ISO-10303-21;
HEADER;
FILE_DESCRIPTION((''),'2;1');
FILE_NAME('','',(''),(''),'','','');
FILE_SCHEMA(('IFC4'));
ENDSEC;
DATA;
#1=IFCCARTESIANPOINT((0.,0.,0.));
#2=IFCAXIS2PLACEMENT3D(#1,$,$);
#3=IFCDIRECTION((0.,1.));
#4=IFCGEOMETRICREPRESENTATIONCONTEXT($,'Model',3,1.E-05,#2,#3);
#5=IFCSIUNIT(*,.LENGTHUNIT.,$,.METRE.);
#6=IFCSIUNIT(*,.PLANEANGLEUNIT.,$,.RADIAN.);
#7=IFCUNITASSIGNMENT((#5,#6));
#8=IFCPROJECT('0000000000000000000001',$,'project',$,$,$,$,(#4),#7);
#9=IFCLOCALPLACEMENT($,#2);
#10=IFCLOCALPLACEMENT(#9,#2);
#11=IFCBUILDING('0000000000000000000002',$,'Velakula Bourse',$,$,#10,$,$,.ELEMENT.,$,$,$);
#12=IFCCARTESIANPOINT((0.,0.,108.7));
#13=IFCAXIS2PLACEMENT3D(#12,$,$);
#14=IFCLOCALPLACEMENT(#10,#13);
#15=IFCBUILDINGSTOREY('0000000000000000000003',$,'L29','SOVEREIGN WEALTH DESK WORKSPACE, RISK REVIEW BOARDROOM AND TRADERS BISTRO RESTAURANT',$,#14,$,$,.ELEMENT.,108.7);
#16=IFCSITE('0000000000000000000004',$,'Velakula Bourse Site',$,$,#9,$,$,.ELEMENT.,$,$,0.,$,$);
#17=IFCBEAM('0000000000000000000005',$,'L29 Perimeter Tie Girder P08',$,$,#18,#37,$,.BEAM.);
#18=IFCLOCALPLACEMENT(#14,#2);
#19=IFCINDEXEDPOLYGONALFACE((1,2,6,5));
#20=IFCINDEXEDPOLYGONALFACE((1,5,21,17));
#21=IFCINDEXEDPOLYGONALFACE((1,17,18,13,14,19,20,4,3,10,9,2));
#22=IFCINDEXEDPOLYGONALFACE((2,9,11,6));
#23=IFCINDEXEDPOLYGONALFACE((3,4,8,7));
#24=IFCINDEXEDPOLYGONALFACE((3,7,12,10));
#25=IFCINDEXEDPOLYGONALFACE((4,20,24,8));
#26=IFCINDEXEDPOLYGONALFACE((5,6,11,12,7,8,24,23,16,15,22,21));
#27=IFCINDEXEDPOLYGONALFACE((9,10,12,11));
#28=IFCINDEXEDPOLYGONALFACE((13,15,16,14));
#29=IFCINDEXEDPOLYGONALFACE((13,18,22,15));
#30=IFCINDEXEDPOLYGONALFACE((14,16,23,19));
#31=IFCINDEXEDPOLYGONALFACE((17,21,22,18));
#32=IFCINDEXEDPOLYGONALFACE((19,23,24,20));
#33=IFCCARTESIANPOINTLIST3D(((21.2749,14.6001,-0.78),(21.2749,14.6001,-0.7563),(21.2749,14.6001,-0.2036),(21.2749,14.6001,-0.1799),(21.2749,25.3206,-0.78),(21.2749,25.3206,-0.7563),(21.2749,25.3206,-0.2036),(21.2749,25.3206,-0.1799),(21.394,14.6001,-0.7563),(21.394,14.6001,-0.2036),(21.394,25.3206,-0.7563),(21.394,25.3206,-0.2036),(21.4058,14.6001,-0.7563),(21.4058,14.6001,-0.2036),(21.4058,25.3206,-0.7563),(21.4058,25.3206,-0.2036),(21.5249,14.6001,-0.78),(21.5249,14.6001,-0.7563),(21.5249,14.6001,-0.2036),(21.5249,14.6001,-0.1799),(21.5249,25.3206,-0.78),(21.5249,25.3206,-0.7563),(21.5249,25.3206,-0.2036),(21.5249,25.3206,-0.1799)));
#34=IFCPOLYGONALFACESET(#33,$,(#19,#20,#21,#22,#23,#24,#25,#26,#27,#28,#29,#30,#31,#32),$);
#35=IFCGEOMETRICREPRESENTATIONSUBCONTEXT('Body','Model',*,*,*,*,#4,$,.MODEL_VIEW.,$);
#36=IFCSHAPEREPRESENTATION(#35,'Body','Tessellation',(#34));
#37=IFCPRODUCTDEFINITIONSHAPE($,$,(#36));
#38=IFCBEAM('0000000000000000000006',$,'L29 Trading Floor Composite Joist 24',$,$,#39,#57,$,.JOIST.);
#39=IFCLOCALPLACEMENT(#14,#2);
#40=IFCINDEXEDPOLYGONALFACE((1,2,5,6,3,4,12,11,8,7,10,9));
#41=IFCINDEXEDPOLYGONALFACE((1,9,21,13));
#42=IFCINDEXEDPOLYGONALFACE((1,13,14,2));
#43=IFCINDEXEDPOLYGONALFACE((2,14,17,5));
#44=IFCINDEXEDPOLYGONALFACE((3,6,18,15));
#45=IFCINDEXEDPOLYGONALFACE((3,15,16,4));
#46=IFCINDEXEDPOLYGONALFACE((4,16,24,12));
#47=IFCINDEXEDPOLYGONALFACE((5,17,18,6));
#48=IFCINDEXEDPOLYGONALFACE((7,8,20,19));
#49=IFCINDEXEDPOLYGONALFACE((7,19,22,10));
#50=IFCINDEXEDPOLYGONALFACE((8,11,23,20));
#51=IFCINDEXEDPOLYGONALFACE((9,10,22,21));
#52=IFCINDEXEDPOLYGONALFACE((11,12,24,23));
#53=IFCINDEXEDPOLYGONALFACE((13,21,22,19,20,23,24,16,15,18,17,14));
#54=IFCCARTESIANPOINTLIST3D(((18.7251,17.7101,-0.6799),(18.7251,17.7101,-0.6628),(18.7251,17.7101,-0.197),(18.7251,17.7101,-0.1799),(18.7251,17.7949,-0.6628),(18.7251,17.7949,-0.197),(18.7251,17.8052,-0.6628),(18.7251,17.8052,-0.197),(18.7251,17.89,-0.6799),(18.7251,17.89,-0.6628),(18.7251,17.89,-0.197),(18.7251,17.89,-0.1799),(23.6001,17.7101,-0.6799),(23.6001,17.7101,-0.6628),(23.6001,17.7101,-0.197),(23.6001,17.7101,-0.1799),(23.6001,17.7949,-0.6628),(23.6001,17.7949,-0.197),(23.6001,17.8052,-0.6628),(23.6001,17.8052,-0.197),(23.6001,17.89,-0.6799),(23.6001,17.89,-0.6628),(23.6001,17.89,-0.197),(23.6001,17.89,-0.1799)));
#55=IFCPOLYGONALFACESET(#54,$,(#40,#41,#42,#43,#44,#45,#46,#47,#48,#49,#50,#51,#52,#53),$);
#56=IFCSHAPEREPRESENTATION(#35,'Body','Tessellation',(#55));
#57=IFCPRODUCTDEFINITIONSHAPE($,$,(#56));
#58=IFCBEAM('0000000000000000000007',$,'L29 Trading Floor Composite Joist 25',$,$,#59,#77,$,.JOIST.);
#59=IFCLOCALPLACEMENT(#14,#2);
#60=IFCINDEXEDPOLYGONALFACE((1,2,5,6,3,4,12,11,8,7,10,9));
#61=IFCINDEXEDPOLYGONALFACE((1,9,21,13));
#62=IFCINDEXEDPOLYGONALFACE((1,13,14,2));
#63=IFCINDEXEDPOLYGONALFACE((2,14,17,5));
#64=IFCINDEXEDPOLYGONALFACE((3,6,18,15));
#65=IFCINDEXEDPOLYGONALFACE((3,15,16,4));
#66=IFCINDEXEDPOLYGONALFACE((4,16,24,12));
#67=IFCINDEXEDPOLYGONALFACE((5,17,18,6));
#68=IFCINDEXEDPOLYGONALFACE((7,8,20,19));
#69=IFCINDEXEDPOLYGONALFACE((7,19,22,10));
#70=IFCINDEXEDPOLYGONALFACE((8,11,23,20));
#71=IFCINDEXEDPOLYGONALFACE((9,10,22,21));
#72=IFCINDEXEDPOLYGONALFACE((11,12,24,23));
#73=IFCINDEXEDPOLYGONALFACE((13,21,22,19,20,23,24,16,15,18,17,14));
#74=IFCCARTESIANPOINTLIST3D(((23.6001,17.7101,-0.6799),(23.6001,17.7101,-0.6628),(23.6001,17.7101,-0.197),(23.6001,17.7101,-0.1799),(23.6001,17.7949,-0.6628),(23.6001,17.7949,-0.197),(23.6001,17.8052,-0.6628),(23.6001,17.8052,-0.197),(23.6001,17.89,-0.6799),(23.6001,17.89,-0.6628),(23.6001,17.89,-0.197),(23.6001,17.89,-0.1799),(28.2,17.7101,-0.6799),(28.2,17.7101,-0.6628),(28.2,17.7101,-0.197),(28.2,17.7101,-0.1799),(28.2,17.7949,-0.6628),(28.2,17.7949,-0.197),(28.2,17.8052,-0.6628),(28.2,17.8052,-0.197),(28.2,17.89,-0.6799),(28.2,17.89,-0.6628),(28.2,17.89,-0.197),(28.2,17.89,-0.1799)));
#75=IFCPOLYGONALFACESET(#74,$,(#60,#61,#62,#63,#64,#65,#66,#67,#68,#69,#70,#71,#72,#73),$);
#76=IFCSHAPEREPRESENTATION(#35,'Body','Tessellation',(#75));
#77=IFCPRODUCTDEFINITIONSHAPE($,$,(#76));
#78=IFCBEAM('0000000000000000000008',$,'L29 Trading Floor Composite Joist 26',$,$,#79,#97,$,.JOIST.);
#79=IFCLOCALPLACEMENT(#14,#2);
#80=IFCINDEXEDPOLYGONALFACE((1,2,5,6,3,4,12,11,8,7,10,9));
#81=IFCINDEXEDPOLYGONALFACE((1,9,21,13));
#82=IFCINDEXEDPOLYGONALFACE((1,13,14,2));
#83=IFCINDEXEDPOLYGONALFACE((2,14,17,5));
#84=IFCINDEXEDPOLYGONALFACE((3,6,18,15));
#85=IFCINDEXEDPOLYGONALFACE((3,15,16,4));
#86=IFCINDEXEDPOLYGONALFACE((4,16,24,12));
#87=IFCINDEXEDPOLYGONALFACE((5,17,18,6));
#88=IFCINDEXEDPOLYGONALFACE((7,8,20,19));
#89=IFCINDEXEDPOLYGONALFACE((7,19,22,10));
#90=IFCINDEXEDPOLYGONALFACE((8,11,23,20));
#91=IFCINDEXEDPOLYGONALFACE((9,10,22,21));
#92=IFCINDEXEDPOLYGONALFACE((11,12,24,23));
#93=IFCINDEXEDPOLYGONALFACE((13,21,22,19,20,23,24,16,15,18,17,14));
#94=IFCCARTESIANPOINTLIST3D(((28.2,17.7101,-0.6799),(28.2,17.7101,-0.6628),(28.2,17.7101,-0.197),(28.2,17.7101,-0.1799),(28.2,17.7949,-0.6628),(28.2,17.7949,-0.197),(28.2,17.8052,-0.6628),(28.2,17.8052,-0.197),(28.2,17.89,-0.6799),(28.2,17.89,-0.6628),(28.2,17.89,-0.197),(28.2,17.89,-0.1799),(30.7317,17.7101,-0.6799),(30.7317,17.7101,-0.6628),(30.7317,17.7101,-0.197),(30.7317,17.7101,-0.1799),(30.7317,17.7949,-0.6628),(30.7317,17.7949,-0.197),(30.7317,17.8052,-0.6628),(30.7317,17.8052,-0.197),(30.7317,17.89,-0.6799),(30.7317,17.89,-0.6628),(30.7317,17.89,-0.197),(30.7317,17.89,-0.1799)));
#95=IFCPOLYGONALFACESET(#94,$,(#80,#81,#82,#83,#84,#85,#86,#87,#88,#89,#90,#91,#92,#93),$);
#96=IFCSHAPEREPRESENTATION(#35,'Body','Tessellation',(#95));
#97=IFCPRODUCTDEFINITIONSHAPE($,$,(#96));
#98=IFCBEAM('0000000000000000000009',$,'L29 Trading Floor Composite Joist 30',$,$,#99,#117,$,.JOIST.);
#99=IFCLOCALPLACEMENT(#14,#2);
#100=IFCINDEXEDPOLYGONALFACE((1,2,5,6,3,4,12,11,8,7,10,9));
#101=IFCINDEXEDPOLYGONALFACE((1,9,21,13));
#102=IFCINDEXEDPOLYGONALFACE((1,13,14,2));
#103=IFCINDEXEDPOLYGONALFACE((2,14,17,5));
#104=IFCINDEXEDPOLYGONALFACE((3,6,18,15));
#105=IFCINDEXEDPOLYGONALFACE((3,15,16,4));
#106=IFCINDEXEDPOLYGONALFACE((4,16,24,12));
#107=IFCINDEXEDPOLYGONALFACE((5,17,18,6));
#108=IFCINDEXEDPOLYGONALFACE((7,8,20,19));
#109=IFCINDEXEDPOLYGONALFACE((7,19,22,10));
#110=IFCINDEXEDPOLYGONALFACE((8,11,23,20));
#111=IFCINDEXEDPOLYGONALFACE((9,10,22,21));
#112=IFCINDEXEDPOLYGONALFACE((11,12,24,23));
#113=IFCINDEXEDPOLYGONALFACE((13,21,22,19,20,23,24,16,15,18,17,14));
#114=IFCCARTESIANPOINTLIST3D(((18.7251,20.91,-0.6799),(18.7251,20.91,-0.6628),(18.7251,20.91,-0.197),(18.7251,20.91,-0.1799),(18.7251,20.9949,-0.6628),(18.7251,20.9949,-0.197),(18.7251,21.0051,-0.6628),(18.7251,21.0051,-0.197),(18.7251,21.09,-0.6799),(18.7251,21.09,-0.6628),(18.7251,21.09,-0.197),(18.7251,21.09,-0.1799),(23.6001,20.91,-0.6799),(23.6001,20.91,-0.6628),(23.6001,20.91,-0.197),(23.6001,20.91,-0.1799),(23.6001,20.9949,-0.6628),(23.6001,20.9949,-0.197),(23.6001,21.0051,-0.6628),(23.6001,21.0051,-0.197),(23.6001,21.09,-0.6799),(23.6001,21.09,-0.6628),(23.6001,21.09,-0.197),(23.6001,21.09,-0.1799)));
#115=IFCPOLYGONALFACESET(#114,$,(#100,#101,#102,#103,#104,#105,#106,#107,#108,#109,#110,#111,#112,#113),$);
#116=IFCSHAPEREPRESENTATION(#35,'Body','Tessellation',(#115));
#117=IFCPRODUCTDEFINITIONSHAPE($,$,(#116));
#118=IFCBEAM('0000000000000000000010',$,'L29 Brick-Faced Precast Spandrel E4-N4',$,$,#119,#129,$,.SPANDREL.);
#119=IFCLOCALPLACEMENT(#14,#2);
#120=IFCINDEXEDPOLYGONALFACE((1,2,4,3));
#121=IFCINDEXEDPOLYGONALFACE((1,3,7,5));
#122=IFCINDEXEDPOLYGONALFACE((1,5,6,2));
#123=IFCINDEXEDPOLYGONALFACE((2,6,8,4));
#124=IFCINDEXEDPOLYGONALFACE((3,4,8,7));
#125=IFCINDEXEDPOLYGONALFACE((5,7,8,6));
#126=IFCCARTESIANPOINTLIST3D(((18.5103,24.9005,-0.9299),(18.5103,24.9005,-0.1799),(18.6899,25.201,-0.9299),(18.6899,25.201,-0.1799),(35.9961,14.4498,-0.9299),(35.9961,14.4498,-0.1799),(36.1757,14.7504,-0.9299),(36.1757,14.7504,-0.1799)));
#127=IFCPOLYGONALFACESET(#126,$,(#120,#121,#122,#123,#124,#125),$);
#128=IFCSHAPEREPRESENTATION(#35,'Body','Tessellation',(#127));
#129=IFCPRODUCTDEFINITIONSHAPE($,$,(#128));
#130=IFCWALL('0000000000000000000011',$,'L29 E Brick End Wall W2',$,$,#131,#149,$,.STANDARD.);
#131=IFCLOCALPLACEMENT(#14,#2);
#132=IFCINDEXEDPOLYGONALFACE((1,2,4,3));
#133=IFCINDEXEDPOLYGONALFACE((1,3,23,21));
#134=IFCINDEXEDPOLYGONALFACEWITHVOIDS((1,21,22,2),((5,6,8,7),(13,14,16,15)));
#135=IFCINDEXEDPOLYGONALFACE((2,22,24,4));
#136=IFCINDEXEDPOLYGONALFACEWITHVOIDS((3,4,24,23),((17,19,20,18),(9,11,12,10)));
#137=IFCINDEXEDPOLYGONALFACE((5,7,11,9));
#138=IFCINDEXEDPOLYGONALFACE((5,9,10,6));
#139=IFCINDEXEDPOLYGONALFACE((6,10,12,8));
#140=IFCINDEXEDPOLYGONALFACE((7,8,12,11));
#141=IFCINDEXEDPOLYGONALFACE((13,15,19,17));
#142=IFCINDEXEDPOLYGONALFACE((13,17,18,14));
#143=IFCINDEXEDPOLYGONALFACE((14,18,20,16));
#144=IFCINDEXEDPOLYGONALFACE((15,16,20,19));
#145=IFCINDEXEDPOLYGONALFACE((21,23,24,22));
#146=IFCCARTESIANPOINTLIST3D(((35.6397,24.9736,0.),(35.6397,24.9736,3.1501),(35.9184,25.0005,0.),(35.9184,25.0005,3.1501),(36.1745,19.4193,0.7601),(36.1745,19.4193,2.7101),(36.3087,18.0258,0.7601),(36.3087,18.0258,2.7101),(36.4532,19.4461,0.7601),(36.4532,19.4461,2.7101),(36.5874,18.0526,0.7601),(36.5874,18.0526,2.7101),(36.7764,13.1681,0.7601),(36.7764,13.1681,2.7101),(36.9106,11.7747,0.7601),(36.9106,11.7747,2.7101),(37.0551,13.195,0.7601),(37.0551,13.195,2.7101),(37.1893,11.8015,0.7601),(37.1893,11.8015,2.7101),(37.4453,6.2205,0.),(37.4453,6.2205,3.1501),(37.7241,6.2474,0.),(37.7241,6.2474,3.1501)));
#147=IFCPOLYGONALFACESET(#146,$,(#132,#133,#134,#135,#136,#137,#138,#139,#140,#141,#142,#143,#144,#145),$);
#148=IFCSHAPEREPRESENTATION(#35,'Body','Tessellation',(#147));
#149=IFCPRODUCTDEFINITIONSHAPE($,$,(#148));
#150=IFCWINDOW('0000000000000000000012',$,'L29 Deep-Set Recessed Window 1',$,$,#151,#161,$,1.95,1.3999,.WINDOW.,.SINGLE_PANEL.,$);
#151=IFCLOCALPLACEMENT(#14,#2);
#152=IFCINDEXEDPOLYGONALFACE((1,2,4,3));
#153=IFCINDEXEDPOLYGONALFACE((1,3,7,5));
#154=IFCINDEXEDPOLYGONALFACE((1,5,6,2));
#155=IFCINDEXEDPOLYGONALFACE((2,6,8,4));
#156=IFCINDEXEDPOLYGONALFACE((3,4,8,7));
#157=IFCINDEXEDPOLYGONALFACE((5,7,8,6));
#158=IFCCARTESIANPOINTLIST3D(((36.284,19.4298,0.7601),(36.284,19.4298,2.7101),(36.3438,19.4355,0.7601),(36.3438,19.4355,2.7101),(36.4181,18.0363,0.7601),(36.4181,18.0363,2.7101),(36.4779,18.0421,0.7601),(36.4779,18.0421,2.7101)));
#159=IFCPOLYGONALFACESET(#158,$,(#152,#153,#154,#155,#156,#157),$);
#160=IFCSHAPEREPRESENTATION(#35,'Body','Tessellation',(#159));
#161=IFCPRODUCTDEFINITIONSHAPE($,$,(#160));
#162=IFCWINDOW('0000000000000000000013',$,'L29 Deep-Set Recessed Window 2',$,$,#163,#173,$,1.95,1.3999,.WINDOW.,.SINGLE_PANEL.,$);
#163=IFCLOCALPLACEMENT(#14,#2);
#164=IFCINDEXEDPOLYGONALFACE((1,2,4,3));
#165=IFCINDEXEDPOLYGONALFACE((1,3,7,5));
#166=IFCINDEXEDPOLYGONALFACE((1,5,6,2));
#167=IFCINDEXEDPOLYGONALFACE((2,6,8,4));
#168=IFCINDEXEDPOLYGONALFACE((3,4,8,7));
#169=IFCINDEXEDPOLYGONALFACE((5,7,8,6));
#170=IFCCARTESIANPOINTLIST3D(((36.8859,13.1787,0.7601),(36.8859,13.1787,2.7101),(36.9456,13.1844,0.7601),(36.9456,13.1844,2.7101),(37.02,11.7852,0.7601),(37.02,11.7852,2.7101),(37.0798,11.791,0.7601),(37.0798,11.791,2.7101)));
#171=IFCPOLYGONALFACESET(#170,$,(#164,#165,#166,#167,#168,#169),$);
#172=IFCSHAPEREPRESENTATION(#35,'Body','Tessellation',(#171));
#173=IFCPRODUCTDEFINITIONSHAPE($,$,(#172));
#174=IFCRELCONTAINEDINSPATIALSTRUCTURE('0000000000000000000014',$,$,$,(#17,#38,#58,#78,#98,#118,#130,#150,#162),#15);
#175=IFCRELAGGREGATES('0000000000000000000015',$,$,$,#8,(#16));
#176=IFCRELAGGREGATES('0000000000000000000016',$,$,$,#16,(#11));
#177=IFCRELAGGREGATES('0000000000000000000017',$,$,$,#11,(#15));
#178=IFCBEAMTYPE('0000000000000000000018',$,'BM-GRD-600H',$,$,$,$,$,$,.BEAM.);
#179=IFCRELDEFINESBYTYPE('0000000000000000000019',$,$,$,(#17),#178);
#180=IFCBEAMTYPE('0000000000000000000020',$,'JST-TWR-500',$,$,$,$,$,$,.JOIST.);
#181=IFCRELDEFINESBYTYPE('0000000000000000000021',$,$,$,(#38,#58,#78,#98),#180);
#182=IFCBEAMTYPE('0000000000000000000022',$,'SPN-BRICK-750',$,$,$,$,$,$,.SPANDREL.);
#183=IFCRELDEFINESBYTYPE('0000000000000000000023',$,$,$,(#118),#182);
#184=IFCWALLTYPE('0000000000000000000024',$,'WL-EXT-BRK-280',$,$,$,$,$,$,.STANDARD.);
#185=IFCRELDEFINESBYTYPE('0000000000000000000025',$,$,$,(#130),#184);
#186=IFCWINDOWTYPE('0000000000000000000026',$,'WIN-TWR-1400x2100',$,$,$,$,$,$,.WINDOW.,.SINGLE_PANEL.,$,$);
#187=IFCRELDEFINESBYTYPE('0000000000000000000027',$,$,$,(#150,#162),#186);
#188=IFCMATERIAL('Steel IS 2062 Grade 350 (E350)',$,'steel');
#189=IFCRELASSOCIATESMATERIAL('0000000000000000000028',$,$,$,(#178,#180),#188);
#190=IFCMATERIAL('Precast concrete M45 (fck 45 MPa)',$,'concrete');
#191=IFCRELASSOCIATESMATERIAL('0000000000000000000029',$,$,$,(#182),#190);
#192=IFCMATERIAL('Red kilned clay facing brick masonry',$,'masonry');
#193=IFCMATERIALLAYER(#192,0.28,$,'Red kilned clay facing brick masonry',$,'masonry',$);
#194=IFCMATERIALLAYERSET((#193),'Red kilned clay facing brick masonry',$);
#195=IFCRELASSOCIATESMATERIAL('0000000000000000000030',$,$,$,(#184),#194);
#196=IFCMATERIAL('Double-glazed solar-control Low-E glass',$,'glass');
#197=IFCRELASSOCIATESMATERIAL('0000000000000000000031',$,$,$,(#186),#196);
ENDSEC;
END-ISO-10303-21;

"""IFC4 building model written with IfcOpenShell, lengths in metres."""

from ifc_helpers import new_model, si_unit, direction, frame, frame_2d, origin, origin_2d, place, context, subcontext, project, spatial, rectangle, i_section, extrude, material, layer, layer_set, material_profile, profile_set, type_object, element, fill, save


model = new_model("IFC4")

# Units and contexts
model_context = context("Model", 3, precision=1e-05, world=origin(), true_north=direction((0.0, 1.0)))
body_context = subcontext(model_context, "Body", "Model", "MODEL_VIEW")
ifc_project = project(units=[si_unit("LENGTHUNIT", "METRE"), si_unit("PLANEANGLEUNIT", "RADIAN")], contexts=[model_context])

# Site, building, storey
site_placement = place(None, origin())
site = spatial("IfcSite", under=ifc_project, at=site_placement, Name="Velakula Bourse Site", CompositionType="ELEMENT", RefElevation=0.0)
building_placement = place(site_placement, origin())
building = spatial("IfcBuilding", under=site, at=building_placement, Name="Velakula Bourse", CompositionType="ELEMENT")
storey_placement = place(building_placement, frame((0.0, 0.0, 108.7)))
storey = spatial("IfcBuildingStorey", under=building, at=storey_placement, Name="L29", Description="SOVEREIGN WEALTH DESK WORKSPACE, RISK REVIEW BOARDROOM AND TRADERS BISTRO RESTAURANT", CompositionType="ELEMENT", Elevation=108.7)

# Shared definitions
ifc_material_1 = material(Name="Precast concrete M45 (fck 45 MPa)", Category="concrete")

# Beams
ifc_material_2 = material(Name="Steel IS 2062 Grade 350 (E350)", Category="steel")
ifc_material_profile_1 = material_profile(ifc_material_2, i_section(OverallWidth=0.25, OverallDepth=0.6001, WebThickness=0.0117, FlangeThickness=0.0237, at=origin_2d()), Name="Steel IS 2062 Grade 350 (E350)")
ifc_profile_set_1 = profile_set([ifc_material_profile_1], Name="Steel IS 2062 Grade 350 (E350)")
beam_type_1 = type_object("IfcBeamType", Name="BM-GRD-600H", PredefinedType="BEAM", material=ifc_profile_set_1)
beam_1_placement = place(storey_placement, frame((21.3999, 14.6001, -0.48), z_axis=(0.0, 1.0, 0.0), x_axis=(-1.0, 0.0, 0.0)))
element("IfcBeam", 1, at=beam_1_placement, inside=storey, type_object=beam_type_1, Name="L29 Perimeter Tie Girder P08", PredefinedType="BEAM", context=body_context, shape_type="SweptSolid", body=[
    extrude(i_section(OverallWidth=0.25, OverallDepth=0.6001, WebThickness=0.0117, FlangeThickness=0.0237, at=origin_2d()), origin(), (0.0, 0.0, 1.0), 10.7205),
])
ifc_material_profile_2 = material_profile(ifc_material_2, i_section(OverallWidth=0.1799, OverallDepth=0.5, WebThickness=0.0103, FlangeThickness=0.0171, at=origin_2d()), Name="Steel IS 2062 Grade 350 (E350)")
ifc_profile_set_2 = profile_set([ifc_material_profile_2], Name="Steel IS 2062 Grade 350 (E350)")
beam_type_2 = type_object("IfcBeamType", Name="JST-TWR-500", PredefinedType="JOIST", material=ifc_profile_set_2)
beam_2_placement = place(storey_placement, frame((18.7251, 17.8, -0.4299), z_axis=(1.0, 0.0, 0.0), x_axis=(0.0, 1.0, 0.0)))
element("IfcBeam", 2, at=beam_2_placement, inside=storey, type_object=beam_type_2, Name="L29 Trading Floor Composite Joist 24", PredefinedType="JOIST", context=body_context, shape_type="SweptSolid", body=[
    extrude(i_section(OverallWidth=0.1799, OverallDepth=0.5, WebThickness=0.0103, FlangeThickness=0.0171, at=origin_2d()), origin(), (0.0, 0.0, 1.0), 4.875),
])
beam_3_placement = place(storey_placement, frame((23.6001, 17.8, -0.4299), z_axis=(1.0, 0.0, 0.0), x_axis=(0.0, 1.0, 0.0)))
element("IfcBeam", 3, at=beam_3_placement, inside=storey, type_object=beam_type_2, Name="L29 Trading Floor Composite Joist 25", PredefinedType="JOIST", context=body_context, shape_type="SweptSolid", body=[
    extrude(i_section(OverallWidth=0.1799, OverallDepth=0.5, WebThickness=0.0103, FlangeThickness=0.0171, at=origin_2d()), origin(), (0.0, 0.0, 1.0), 4.5999),
])
beam_4_placement = place(storey_placement, frame((28.2, 17.8, -0.4299), z_axis=(1.0, 0.0, 0.0), x_axis=(0.0, 1.0, 0.0)))
element("IfcBeam", 4, at=beam_4_placement, inside=storey, type_object=beam_type_2, Name="L29 Trading Floor Composite Joist 26", PredefinedType="JOIST", context=body_context, shape_type="SweptSolid", body=[
    extrude(i_section(OverallWidth=0.1799, OverallDepth=0.5, WebThickness=0.0103, FlangeThickness=0.0171, at=origin_2d()), origin(), (0.0, 0.0, 1.0), 2.5317),
])
beam_5_placement = place(storey_placement, frame((18.7251, 21.0, -0.4299), z_axis=(1.0, 0.0, 0.0), x_axis=(0.0, 1.0, 0.0)))
element("IfcBeam", 5, at=beam_5_placement, inside=storey, type_object=beam_type_2, Name="L29 Trading Floor Composite Joist 30", PredefinedType="JOIST", context=body_context, shape_type="SweptSolid", body=[
    extrude(i_section(OverallWidth=0.1799, OverallDepth=0.5, WebThickness=0.0103, FlangeThickness=0.0171, at=origin_2d()), origin(), (0.0, 0.0, 1.0), 4.875),
])
ifc_material_profile_3 = material_profile(ifc_material_1, rectangle(XDim=0.3501, YDim=0.75, at=origin_2d()), Name="Precast concrete M45 (fck 45 MPa)")
ifc_profile_set_3 = profile_set([ifc_material_profile_3], Name="Precast concrete M45 (fck 45 MPa)")
beam_type_3 = type_object("IfcBeamType", Name="SPN-BRICK-750", PredefinedType="SPANDREL", material=ifc_profile_set_3)
beam_6_placement = place(storey_placement, frame((36.0859, 14.6001, -0.5549), z_axis=(-0.858376, 0.513022, 0.0), x_axis=(-0.513022, -0.858376, 0.0)))
element("IfcBeam", 6, at=beam_6_placement, inside=storey, type_object=beam_type_3, Name="L29 Brick-Faced Precast Spandrel E4-N4", PredefinedType="SPANDREL", context=body_context, shape_type="SweptSolid", body=[
    extrude(rectangle(XDim=0.3501, YDim=0.75, at=origin_2d()), origin(), (0.0, 0.0, 1.0), 20.3708),
])

# Wall, openings, windows
ifc_material_3 = material(Name="Red kilned clay facing brick masonry", Category="masonry")
ifc_layer = layer(ifc_material_3, 0.28, Name="Red kilned clay facing brick masonry", Category="masonry")
ifc_layer_set = layer_set([ifc_layer], Name="Red kilned clay facing brick masonry")
wall_type = type_object("IfcWallType", Name="WL-EXT-BRK-280", PredefinedType="STANDARD", material=ifc_layer_set)
wall_1_placement = place(storey_placement, frame((35.7791, 24.9871, 0.0), z_axis=(0.0, 0.0, 1.0), x_axis=(0.095843, -0.995397, 0.0)))
wall_1 = element("IfcWall", 7, at=wall_1_placement, inside=storey, type_object=wall_type, Name="L29 E Brick End Wall W2", PredefinedType="STANDARD", context=body_context, shape_type="SweptSolid", body=[
    extrude(rectangle(XDim=18.8398, YDim=0.28, at=frame_2d((9.4199, 0.0))), origin(), (0.0, 0.0, 1.0), 3.1501),
])
opening_1_placement = place(wall_1_placement, frame((5.5801, 0.0, 0.76)))
opening_1 = element("IfcOpeningElement", 8, at=opening_1_placement, cuts=wall_1, PredefinedType="OPENING", context=body_context, shape_type="SweptSolid", body=[
    extrude(rectangle(XDim=1.3999, YDim=1.95, at=frame_2d((0.7, 0.9751))), frame((0.0, 0.1499, 0.0), z_axis=(0.0, -1.0, 0.0), x_axis=(1.0, 0.0, 0.0)), (0.0, 0.0, 1.0), 0.3),
])
opening_2_placement = place(wall_1_placement, frame((11.8601, 0.0, 0.76)))
opening_2 = element("IfcOpeningElement", 9, at=opening_2_placement, cuts=wall_1, PredefinedType="OPENING", context=body_context, shape_type="SweptSolid", body=[
    extrude(rectangle(XDim=1.3999, YDim=1.95, at=frame_2d((0.7, 0.9751))), frame((0.0, 0.1499, 0.0), z_axis=(0.0, -1.0, 0.0), x_axis=(1.0, 0.0, 0.0)), (0.0, 0.0, 1.0), 0.3),
])
ifc_material_4 = material(Name="Double-glazed solar-control Low-E glass", Category="glass")
window_type = type_object("IfcWindowType", Name="WIN-TWR-1400x2100", PartitioningType="SINGLE_PANEL", PredefinedType="WINDOW", material=ifc_material_4)
window_1_placement = place(opening_1_placement, origin())
window_1 = element("IfcWindow", 10, at=window_1_placement, inside=storey, type_object=window_type, Name="L29 Deep-Set Recessed Window 1", OverallHeight=1.95, OverallWidth=1.3999, PartitioningType="SINGLE_PANEL", PredefinedType="WINDOW", context=body_context, shape_type="SweptSolid", body=[
    extrude(rectangle(XDim=1.3999, YDim=1.95, at=frame_2d((0.7, 0.9751))), frame((0.0, 0.03, 0.0), z_axis=(0.0, -1.0, 0.0), x_axis=(1.0, 0.0, 0.0)), (0.0, 0.0, 1.0), 0.0601),
])
fill(opening_1, window_1)
window_2_placement = place(opening_2_placement, origin())
window_2 = element("IfcWindow", 11, at=window_2_placement, inside=storey, type_object=window_type, Name="L29 Deep-Set Recessed Window 2", OverallHeight=1.95, OverallWidth=1.3999, PartitioningType="SINGLE_PANEL", PredefinedType="WINDOW", context=body_context, shape_type="SweptSolid", body=[
    extrude(rectangle(XDim=1.3999, YDim=1.95, at=frame_2d((0.7, 0.9751))), frame((0.0, 0.03, 0.0), z_axis=(0.0, -1.0, 0.0), x_axis=(1.0, 0.0, 0.0)), (0.0, 0.0, 1.0), 0.0601),
])
fill(opening_2, window_2)

save(model, "model.ifc")
